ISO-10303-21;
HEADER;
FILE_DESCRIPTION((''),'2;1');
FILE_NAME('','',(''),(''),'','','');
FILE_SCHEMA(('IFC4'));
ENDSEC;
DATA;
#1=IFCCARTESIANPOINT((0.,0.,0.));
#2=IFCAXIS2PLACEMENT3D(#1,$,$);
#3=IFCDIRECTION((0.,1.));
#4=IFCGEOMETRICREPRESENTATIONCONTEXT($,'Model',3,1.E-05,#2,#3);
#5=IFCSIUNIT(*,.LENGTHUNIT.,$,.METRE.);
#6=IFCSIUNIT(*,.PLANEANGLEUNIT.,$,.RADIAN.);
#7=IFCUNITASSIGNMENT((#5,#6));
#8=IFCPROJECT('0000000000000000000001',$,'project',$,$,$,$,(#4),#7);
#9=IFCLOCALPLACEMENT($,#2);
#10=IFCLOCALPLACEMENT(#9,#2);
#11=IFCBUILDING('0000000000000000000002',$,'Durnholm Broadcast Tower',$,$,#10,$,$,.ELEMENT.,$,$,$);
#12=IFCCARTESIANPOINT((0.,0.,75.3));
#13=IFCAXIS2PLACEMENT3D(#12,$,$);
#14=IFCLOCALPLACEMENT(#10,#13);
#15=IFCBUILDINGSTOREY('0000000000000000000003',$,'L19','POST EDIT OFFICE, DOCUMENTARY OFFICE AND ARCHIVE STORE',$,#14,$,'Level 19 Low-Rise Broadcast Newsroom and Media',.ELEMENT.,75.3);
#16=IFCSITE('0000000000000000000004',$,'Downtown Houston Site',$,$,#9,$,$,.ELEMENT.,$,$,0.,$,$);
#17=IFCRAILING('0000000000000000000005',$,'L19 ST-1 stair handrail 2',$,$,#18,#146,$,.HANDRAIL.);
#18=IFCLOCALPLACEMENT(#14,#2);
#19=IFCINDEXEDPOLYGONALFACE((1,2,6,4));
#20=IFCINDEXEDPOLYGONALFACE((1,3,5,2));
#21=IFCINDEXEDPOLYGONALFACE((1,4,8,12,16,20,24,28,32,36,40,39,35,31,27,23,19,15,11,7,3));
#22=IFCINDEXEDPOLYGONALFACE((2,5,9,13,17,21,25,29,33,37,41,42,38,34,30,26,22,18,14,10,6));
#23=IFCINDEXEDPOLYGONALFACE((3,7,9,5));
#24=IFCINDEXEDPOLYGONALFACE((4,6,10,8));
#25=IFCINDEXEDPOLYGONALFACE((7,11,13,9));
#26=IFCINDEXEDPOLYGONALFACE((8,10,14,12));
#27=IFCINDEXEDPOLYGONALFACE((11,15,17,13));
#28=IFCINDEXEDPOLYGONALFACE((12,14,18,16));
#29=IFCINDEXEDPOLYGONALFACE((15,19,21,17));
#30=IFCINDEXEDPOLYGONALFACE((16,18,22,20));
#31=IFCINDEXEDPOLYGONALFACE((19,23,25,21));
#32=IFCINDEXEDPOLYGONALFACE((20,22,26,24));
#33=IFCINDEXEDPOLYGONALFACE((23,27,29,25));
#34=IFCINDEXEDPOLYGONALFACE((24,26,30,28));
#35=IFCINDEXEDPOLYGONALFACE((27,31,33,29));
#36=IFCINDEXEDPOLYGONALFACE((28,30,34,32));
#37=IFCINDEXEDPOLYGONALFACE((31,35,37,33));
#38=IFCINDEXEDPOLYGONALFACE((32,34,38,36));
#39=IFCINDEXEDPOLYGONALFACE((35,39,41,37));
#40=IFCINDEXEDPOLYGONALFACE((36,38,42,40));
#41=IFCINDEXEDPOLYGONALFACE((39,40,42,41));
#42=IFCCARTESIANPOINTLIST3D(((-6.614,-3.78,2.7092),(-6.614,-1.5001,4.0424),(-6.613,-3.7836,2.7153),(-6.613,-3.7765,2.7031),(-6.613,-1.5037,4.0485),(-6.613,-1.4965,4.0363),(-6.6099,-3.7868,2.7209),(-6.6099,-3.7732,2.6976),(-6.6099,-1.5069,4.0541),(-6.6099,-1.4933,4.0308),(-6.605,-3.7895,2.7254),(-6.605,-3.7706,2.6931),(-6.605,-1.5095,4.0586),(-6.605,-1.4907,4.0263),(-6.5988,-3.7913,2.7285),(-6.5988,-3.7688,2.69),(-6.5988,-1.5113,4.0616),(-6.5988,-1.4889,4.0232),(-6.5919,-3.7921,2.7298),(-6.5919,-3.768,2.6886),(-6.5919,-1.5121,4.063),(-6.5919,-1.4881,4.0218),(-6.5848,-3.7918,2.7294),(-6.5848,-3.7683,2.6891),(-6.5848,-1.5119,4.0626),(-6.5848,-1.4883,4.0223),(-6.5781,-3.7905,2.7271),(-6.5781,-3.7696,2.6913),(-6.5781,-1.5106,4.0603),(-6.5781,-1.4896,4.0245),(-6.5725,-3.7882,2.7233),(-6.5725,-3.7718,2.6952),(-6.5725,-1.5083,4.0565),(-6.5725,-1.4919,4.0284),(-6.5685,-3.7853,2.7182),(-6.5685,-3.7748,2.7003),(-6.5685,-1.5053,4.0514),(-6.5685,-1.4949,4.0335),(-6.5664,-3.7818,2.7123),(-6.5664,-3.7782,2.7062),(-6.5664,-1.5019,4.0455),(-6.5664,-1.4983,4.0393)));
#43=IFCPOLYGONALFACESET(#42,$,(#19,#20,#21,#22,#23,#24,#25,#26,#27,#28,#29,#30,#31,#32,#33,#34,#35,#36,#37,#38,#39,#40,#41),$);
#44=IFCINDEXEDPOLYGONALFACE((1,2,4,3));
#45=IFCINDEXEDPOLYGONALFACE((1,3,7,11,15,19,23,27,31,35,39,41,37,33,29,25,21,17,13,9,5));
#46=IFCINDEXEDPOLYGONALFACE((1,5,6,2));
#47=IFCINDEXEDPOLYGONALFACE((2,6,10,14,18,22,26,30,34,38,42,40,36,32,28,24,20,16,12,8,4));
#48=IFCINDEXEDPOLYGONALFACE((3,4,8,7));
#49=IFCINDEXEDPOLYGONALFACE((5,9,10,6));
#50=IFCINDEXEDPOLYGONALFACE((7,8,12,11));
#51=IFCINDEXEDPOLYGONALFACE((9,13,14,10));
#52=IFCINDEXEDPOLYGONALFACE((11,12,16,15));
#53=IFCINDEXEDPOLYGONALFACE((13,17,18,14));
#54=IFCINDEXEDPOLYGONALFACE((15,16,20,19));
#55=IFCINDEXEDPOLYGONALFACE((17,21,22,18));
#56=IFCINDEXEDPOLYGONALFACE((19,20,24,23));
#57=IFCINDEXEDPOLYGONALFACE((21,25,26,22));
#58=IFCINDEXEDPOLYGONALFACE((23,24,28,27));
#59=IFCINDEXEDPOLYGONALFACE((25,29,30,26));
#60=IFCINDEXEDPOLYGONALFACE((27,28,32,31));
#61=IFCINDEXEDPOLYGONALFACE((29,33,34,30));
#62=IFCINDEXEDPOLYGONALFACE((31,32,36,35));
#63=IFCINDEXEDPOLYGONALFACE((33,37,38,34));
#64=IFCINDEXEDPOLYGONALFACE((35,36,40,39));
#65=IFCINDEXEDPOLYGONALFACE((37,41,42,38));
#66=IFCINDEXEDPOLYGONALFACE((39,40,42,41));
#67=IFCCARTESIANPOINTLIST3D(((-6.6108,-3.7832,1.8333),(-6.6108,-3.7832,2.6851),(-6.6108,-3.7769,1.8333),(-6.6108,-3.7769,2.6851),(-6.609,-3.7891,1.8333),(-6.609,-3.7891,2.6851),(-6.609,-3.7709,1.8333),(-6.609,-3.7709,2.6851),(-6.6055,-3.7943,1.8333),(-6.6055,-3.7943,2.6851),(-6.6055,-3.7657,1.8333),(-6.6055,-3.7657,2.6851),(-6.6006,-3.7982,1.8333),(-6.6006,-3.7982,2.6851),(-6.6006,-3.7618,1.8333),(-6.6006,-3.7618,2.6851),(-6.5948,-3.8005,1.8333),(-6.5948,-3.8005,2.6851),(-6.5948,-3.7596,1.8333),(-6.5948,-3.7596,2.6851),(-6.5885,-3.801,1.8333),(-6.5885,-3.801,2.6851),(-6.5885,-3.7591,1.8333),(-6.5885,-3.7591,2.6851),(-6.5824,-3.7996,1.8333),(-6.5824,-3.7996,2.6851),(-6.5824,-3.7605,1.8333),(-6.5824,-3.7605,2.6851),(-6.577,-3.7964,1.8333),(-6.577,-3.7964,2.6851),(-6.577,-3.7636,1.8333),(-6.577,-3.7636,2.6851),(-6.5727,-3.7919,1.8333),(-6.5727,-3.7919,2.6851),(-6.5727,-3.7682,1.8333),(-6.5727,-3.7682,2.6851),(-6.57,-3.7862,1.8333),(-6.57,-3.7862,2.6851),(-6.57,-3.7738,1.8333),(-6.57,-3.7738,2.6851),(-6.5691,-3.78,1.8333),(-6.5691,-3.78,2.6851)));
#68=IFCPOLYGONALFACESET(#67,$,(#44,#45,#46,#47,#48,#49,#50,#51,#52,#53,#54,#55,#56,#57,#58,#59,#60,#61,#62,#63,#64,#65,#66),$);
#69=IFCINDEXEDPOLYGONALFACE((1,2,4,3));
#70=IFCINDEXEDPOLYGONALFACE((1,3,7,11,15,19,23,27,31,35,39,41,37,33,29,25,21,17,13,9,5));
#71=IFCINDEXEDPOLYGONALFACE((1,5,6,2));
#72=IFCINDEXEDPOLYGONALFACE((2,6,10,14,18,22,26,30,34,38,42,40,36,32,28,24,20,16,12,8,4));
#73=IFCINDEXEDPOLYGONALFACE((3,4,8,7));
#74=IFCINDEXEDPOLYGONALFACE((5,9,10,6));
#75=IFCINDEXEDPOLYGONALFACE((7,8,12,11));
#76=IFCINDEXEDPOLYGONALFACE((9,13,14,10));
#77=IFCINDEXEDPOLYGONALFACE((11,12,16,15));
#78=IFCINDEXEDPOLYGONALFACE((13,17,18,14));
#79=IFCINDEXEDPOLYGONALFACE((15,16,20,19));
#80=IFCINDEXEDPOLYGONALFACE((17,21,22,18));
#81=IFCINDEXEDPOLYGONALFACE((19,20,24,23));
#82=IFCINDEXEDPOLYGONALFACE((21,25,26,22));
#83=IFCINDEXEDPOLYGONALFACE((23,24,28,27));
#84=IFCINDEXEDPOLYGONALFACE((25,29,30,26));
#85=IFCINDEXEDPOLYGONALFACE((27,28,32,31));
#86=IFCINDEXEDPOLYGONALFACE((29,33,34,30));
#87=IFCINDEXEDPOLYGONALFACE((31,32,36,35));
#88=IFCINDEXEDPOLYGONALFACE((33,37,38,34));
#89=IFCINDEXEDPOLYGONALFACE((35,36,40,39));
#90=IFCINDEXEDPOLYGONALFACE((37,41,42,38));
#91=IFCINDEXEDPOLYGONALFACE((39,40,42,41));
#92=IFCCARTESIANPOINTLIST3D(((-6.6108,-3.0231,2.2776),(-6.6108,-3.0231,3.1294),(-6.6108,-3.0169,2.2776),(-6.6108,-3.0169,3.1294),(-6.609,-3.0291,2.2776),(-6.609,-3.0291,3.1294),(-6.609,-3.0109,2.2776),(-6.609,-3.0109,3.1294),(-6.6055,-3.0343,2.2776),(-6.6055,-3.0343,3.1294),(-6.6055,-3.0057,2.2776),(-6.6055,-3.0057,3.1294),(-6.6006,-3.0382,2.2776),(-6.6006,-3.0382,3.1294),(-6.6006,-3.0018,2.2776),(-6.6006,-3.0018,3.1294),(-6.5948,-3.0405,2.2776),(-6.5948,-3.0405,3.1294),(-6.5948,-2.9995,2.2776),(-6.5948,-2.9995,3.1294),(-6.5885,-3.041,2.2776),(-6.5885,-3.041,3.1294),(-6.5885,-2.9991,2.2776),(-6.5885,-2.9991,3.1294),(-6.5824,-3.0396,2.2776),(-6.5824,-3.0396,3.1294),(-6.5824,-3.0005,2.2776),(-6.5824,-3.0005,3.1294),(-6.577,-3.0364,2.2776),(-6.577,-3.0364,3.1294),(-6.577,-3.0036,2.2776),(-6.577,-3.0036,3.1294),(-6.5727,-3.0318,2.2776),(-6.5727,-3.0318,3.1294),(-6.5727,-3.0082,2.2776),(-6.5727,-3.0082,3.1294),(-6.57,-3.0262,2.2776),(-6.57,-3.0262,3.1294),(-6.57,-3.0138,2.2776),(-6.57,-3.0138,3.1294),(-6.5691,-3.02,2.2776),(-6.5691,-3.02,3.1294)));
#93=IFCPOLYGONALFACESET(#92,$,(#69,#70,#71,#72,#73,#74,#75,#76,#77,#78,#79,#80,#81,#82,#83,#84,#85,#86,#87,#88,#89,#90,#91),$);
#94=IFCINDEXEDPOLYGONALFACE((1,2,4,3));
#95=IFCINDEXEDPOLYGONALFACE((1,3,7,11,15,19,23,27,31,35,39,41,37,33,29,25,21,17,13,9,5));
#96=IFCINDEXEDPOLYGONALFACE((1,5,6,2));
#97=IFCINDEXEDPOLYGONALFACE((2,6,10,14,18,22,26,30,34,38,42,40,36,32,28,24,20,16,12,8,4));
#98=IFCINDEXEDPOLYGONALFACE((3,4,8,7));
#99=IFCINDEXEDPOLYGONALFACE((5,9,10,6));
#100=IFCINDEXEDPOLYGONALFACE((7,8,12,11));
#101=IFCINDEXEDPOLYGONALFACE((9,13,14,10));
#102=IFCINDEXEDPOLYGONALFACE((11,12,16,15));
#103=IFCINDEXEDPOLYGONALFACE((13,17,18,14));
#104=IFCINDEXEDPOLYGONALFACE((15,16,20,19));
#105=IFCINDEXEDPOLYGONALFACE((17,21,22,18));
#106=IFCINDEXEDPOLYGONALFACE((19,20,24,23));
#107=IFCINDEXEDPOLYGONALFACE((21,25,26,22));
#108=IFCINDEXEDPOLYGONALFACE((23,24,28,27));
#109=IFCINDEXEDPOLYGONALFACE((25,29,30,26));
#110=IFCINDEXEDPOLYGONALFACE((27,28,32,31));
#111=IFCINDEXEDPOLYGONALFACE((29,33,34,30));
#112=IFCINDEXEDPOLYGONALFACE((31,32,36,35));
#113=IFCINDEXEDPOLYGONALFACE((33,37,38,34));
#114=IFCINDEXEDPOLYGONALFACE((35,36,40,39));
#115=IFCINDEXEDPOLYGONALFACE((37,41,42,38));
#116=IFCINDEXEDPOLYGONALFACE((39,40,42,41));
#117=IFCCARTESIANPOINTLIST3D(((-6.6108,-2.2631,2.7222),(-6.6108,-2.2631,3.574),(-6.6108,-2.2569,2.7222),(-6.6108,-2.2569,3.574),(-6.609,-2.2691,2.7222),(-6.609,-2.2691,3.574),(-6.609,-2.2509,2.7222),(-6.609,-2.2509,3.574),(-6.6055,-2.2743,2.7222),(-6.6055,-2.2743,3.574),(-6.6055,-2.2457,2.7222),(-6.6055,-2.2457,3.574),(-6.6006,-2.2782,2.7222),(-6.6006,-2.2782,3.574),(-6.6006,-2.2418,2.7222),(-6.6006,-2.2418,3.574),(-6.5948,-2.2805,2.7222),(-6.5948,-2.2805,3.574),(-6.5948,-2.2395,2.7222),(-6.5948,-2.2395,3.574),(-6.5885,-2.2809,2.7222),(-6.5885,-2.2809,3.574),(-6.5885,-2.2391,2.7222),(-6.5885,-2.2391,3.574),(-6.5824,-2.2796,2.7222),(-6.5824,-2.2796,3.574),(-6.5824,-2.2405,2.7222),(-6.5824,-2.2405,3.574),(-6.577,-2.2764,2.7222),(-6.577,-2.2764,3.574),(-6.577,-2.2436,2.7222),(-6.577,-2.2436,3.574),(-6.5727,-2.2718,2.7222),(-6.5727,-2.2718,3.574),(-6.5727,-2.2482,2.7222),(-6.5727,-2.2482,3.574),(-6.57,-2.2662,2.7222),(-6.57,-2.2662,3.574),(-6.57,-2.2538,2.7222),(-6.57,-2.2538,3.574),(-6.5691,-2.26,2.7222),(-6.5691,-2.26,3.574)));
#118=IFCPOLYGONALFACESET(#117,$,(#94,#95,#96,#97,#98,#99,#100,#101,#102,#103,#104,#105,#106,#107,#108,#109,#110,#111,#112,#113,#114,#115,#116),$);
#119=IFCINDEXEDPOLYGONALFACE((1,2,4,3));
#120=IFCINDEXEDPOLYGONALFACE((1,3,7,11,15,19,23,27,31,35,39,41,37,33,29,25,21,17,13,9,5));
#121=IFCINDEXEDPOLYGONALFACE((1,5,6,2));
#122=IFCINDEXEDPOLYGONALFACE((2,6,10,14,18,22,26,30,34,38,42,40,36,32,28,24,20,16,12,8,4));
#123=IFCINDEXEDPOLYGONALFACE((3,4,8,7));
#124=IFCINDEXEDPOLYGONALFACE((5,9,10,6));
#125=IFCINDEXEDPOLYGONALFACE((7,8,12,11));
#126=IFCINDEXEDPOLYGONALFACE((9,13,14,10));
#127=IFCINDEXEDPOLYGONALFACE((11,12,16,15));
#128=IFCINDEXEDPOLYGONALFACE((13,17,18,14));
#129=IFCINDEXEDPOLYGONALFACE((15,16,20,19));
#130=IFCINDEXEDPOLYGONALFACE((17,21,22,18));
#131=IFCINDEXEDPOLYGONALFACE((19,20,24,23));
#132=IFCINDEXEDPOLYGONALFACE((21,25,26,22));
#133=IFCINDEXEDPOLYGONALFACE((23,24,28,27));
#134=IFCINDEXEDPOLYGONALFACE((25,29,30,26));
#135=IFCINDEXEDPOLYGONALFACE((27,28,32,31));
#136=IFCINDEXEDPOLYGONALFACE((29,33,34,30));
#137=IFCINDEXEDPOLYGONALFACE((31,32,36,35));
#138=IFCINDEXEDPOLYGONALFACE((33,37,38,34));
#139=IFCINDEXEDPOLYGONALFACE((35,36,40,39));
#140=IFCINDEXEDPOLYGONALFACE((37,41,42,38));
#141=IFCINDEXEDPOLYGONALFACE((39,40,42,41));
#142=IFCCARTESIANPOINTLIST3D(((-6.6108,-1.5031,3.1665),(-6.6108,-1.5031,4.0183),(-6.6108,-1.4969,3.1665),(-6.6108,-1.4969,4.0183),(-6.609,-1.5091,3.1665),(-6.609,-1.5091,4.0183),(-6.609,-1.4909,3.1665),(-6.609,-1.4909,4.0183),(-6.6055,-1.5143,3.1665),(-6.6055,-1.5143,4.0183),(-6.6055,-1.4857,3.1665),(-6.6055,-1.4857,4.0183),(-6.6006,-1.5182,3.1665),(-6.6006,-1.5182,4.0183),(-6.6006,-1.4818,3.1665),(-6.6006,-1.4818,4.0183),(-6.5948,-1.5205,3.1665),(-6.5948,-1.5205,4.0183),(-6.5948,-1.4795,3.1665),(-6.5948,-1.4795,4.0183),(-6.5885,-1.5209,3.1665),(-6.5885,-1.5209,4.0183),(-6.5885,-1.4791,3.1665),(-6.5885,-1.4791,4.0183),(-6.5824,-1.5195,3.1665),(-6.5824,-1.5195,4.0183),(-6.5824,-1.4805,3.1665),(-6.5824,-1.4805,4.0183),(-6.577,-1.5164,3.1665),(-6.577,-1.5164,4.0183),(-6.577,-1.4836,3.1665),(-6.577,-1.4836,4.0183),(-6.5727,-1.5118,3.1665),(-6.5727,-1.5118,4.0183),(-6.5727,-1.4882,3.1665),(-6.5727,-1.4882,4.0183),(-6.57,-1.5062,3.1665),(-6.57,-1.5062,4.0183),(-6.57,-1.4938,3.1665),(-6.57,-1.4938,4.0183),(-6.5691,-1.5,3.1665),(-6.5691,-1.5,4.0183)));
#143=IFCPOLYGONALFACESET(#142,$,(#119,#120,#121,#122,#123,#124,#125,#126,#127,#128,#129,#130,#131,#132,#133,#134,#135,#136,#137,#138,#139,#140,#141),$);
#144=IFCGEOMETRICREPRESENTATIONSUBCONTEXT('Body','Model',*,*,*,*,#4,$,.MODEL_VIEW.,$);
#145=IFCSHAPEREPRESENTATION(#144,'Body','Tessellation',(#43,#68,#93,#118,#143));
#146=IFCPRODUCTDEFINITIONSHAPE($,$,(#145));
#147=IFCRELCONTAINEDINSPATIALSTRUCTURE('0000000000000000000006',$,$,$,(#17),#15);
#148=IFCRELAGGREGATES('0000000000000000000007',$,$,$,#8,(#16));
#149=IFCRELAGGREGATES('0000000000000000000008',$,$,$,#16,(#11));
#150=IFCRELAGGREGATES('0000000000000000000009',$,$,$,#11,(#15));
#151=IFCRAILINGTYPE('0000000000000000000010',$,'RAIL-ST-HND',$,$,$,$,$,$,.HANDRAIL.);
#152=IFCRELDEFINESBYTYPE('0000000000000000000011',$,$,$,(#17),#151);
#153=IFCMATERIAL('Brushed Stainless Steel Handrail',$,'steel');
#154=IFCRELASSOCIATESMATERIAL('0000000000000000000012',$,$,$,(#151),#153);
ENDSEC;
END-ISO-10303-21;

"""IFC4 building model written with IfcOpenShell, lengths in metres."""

from ifc_helpers import new_model, si_unit, direction, frame, origin, origin_2d, place, context, subcontext, project, spatial, circle, extrude, material, type_object, element, save


model = new_model("IFC4")

# Units and contexts
model_context = context("Model", 3, precision=1e-05, world=origin(), true_north=direction((0.0, 1.0)))
body_context = subcontext(model_context, "Body", "Model", "MODEL_VIEW")
ifc_project = project(units=[si_unit("LENGTHUNIT", "METRE"), si_unit("PLANEANGLEUNIT", "RADIAN")], contexts=[model_context])

# Site, building, storey
site_placement = place(None, origin())
site = spatial("IfcSite", under=ifc_project, at=site_placement, Name="Downtown Houston Site", CompositionType="ELEMENT", RefElevation=0.0)
building_placement = place(site_placement, origin())
building = spatial("IfcBuilding", under=site, at=building_placement, Name="Durnholm Broadcast Tower", CompositionType="ELEMENT")
storey_placement = place(building_placement, frame((0.0, 0.0, 75.3)))
storey = spatial("IfcBuildingStorey", under=building, at=storey_placement, Name="L19", Description="POST EDIT OFFICE, DOCUMENTARY OFFICE AND ARCHIVE STORE", LongName="Level 19 Low-Rise Broadcast Newsroom and Media", CompositionType="ELEMENT", Elevation=75.3)

# Railing
ifc_material_1 = material(Name="Brushed Stainless Steel Handrail", Category="steel")
railing_type_1 = type_object("IfcRailingType", Name="RAIL-ST-HND", PredefinedType="HANDRAIL", material=ifc_material_1)
railing_1_placement = place(storey_placement, frame((-6.5901, -3.78, 1.8333)))
element("IfcRailing", 1, at=railing_1_placement, inside=storey, type_object=railing_type_1, Name="L19 ST-1 stair handrail 2", PredefinedType="HANDRAIL", context=body_context, shape_type="SweptSolid", body=[
    extrude(circle(Radius=0.0239, at=origin_2d()), frame((0.0, 0.0, 0.876), z_axis=(0.0, 0.863245, 0.504785), x_axis=(-1.0, 0.0, 0.0)), (0.0, 0.0, 1.0), 2.6411),
    extrude(circle(Radius=0.021, at=origin_2d()), origin(), (0.0, 0.0, 1.0), 0.8518),
    extrude(circle(Radius=0.021, at=origin_2d()), frame((0.0, 0.76, 0.4443)), (0.0, 0.0, 1.0), 0.8518),
    extrude(circle(Radius=0.021, at=origin_2d()), frame((0.0, 1.52, 0.8889)), (0.0, 0.0, 1.0), 0.8518),
    extrude(circle(Radius=0.021, at=origin_2d()), frame((0.0, 2.28, 1.3333)), (0.0, 0.0, 1.0), 0.8518),
])

save(model, "model.ifc")
